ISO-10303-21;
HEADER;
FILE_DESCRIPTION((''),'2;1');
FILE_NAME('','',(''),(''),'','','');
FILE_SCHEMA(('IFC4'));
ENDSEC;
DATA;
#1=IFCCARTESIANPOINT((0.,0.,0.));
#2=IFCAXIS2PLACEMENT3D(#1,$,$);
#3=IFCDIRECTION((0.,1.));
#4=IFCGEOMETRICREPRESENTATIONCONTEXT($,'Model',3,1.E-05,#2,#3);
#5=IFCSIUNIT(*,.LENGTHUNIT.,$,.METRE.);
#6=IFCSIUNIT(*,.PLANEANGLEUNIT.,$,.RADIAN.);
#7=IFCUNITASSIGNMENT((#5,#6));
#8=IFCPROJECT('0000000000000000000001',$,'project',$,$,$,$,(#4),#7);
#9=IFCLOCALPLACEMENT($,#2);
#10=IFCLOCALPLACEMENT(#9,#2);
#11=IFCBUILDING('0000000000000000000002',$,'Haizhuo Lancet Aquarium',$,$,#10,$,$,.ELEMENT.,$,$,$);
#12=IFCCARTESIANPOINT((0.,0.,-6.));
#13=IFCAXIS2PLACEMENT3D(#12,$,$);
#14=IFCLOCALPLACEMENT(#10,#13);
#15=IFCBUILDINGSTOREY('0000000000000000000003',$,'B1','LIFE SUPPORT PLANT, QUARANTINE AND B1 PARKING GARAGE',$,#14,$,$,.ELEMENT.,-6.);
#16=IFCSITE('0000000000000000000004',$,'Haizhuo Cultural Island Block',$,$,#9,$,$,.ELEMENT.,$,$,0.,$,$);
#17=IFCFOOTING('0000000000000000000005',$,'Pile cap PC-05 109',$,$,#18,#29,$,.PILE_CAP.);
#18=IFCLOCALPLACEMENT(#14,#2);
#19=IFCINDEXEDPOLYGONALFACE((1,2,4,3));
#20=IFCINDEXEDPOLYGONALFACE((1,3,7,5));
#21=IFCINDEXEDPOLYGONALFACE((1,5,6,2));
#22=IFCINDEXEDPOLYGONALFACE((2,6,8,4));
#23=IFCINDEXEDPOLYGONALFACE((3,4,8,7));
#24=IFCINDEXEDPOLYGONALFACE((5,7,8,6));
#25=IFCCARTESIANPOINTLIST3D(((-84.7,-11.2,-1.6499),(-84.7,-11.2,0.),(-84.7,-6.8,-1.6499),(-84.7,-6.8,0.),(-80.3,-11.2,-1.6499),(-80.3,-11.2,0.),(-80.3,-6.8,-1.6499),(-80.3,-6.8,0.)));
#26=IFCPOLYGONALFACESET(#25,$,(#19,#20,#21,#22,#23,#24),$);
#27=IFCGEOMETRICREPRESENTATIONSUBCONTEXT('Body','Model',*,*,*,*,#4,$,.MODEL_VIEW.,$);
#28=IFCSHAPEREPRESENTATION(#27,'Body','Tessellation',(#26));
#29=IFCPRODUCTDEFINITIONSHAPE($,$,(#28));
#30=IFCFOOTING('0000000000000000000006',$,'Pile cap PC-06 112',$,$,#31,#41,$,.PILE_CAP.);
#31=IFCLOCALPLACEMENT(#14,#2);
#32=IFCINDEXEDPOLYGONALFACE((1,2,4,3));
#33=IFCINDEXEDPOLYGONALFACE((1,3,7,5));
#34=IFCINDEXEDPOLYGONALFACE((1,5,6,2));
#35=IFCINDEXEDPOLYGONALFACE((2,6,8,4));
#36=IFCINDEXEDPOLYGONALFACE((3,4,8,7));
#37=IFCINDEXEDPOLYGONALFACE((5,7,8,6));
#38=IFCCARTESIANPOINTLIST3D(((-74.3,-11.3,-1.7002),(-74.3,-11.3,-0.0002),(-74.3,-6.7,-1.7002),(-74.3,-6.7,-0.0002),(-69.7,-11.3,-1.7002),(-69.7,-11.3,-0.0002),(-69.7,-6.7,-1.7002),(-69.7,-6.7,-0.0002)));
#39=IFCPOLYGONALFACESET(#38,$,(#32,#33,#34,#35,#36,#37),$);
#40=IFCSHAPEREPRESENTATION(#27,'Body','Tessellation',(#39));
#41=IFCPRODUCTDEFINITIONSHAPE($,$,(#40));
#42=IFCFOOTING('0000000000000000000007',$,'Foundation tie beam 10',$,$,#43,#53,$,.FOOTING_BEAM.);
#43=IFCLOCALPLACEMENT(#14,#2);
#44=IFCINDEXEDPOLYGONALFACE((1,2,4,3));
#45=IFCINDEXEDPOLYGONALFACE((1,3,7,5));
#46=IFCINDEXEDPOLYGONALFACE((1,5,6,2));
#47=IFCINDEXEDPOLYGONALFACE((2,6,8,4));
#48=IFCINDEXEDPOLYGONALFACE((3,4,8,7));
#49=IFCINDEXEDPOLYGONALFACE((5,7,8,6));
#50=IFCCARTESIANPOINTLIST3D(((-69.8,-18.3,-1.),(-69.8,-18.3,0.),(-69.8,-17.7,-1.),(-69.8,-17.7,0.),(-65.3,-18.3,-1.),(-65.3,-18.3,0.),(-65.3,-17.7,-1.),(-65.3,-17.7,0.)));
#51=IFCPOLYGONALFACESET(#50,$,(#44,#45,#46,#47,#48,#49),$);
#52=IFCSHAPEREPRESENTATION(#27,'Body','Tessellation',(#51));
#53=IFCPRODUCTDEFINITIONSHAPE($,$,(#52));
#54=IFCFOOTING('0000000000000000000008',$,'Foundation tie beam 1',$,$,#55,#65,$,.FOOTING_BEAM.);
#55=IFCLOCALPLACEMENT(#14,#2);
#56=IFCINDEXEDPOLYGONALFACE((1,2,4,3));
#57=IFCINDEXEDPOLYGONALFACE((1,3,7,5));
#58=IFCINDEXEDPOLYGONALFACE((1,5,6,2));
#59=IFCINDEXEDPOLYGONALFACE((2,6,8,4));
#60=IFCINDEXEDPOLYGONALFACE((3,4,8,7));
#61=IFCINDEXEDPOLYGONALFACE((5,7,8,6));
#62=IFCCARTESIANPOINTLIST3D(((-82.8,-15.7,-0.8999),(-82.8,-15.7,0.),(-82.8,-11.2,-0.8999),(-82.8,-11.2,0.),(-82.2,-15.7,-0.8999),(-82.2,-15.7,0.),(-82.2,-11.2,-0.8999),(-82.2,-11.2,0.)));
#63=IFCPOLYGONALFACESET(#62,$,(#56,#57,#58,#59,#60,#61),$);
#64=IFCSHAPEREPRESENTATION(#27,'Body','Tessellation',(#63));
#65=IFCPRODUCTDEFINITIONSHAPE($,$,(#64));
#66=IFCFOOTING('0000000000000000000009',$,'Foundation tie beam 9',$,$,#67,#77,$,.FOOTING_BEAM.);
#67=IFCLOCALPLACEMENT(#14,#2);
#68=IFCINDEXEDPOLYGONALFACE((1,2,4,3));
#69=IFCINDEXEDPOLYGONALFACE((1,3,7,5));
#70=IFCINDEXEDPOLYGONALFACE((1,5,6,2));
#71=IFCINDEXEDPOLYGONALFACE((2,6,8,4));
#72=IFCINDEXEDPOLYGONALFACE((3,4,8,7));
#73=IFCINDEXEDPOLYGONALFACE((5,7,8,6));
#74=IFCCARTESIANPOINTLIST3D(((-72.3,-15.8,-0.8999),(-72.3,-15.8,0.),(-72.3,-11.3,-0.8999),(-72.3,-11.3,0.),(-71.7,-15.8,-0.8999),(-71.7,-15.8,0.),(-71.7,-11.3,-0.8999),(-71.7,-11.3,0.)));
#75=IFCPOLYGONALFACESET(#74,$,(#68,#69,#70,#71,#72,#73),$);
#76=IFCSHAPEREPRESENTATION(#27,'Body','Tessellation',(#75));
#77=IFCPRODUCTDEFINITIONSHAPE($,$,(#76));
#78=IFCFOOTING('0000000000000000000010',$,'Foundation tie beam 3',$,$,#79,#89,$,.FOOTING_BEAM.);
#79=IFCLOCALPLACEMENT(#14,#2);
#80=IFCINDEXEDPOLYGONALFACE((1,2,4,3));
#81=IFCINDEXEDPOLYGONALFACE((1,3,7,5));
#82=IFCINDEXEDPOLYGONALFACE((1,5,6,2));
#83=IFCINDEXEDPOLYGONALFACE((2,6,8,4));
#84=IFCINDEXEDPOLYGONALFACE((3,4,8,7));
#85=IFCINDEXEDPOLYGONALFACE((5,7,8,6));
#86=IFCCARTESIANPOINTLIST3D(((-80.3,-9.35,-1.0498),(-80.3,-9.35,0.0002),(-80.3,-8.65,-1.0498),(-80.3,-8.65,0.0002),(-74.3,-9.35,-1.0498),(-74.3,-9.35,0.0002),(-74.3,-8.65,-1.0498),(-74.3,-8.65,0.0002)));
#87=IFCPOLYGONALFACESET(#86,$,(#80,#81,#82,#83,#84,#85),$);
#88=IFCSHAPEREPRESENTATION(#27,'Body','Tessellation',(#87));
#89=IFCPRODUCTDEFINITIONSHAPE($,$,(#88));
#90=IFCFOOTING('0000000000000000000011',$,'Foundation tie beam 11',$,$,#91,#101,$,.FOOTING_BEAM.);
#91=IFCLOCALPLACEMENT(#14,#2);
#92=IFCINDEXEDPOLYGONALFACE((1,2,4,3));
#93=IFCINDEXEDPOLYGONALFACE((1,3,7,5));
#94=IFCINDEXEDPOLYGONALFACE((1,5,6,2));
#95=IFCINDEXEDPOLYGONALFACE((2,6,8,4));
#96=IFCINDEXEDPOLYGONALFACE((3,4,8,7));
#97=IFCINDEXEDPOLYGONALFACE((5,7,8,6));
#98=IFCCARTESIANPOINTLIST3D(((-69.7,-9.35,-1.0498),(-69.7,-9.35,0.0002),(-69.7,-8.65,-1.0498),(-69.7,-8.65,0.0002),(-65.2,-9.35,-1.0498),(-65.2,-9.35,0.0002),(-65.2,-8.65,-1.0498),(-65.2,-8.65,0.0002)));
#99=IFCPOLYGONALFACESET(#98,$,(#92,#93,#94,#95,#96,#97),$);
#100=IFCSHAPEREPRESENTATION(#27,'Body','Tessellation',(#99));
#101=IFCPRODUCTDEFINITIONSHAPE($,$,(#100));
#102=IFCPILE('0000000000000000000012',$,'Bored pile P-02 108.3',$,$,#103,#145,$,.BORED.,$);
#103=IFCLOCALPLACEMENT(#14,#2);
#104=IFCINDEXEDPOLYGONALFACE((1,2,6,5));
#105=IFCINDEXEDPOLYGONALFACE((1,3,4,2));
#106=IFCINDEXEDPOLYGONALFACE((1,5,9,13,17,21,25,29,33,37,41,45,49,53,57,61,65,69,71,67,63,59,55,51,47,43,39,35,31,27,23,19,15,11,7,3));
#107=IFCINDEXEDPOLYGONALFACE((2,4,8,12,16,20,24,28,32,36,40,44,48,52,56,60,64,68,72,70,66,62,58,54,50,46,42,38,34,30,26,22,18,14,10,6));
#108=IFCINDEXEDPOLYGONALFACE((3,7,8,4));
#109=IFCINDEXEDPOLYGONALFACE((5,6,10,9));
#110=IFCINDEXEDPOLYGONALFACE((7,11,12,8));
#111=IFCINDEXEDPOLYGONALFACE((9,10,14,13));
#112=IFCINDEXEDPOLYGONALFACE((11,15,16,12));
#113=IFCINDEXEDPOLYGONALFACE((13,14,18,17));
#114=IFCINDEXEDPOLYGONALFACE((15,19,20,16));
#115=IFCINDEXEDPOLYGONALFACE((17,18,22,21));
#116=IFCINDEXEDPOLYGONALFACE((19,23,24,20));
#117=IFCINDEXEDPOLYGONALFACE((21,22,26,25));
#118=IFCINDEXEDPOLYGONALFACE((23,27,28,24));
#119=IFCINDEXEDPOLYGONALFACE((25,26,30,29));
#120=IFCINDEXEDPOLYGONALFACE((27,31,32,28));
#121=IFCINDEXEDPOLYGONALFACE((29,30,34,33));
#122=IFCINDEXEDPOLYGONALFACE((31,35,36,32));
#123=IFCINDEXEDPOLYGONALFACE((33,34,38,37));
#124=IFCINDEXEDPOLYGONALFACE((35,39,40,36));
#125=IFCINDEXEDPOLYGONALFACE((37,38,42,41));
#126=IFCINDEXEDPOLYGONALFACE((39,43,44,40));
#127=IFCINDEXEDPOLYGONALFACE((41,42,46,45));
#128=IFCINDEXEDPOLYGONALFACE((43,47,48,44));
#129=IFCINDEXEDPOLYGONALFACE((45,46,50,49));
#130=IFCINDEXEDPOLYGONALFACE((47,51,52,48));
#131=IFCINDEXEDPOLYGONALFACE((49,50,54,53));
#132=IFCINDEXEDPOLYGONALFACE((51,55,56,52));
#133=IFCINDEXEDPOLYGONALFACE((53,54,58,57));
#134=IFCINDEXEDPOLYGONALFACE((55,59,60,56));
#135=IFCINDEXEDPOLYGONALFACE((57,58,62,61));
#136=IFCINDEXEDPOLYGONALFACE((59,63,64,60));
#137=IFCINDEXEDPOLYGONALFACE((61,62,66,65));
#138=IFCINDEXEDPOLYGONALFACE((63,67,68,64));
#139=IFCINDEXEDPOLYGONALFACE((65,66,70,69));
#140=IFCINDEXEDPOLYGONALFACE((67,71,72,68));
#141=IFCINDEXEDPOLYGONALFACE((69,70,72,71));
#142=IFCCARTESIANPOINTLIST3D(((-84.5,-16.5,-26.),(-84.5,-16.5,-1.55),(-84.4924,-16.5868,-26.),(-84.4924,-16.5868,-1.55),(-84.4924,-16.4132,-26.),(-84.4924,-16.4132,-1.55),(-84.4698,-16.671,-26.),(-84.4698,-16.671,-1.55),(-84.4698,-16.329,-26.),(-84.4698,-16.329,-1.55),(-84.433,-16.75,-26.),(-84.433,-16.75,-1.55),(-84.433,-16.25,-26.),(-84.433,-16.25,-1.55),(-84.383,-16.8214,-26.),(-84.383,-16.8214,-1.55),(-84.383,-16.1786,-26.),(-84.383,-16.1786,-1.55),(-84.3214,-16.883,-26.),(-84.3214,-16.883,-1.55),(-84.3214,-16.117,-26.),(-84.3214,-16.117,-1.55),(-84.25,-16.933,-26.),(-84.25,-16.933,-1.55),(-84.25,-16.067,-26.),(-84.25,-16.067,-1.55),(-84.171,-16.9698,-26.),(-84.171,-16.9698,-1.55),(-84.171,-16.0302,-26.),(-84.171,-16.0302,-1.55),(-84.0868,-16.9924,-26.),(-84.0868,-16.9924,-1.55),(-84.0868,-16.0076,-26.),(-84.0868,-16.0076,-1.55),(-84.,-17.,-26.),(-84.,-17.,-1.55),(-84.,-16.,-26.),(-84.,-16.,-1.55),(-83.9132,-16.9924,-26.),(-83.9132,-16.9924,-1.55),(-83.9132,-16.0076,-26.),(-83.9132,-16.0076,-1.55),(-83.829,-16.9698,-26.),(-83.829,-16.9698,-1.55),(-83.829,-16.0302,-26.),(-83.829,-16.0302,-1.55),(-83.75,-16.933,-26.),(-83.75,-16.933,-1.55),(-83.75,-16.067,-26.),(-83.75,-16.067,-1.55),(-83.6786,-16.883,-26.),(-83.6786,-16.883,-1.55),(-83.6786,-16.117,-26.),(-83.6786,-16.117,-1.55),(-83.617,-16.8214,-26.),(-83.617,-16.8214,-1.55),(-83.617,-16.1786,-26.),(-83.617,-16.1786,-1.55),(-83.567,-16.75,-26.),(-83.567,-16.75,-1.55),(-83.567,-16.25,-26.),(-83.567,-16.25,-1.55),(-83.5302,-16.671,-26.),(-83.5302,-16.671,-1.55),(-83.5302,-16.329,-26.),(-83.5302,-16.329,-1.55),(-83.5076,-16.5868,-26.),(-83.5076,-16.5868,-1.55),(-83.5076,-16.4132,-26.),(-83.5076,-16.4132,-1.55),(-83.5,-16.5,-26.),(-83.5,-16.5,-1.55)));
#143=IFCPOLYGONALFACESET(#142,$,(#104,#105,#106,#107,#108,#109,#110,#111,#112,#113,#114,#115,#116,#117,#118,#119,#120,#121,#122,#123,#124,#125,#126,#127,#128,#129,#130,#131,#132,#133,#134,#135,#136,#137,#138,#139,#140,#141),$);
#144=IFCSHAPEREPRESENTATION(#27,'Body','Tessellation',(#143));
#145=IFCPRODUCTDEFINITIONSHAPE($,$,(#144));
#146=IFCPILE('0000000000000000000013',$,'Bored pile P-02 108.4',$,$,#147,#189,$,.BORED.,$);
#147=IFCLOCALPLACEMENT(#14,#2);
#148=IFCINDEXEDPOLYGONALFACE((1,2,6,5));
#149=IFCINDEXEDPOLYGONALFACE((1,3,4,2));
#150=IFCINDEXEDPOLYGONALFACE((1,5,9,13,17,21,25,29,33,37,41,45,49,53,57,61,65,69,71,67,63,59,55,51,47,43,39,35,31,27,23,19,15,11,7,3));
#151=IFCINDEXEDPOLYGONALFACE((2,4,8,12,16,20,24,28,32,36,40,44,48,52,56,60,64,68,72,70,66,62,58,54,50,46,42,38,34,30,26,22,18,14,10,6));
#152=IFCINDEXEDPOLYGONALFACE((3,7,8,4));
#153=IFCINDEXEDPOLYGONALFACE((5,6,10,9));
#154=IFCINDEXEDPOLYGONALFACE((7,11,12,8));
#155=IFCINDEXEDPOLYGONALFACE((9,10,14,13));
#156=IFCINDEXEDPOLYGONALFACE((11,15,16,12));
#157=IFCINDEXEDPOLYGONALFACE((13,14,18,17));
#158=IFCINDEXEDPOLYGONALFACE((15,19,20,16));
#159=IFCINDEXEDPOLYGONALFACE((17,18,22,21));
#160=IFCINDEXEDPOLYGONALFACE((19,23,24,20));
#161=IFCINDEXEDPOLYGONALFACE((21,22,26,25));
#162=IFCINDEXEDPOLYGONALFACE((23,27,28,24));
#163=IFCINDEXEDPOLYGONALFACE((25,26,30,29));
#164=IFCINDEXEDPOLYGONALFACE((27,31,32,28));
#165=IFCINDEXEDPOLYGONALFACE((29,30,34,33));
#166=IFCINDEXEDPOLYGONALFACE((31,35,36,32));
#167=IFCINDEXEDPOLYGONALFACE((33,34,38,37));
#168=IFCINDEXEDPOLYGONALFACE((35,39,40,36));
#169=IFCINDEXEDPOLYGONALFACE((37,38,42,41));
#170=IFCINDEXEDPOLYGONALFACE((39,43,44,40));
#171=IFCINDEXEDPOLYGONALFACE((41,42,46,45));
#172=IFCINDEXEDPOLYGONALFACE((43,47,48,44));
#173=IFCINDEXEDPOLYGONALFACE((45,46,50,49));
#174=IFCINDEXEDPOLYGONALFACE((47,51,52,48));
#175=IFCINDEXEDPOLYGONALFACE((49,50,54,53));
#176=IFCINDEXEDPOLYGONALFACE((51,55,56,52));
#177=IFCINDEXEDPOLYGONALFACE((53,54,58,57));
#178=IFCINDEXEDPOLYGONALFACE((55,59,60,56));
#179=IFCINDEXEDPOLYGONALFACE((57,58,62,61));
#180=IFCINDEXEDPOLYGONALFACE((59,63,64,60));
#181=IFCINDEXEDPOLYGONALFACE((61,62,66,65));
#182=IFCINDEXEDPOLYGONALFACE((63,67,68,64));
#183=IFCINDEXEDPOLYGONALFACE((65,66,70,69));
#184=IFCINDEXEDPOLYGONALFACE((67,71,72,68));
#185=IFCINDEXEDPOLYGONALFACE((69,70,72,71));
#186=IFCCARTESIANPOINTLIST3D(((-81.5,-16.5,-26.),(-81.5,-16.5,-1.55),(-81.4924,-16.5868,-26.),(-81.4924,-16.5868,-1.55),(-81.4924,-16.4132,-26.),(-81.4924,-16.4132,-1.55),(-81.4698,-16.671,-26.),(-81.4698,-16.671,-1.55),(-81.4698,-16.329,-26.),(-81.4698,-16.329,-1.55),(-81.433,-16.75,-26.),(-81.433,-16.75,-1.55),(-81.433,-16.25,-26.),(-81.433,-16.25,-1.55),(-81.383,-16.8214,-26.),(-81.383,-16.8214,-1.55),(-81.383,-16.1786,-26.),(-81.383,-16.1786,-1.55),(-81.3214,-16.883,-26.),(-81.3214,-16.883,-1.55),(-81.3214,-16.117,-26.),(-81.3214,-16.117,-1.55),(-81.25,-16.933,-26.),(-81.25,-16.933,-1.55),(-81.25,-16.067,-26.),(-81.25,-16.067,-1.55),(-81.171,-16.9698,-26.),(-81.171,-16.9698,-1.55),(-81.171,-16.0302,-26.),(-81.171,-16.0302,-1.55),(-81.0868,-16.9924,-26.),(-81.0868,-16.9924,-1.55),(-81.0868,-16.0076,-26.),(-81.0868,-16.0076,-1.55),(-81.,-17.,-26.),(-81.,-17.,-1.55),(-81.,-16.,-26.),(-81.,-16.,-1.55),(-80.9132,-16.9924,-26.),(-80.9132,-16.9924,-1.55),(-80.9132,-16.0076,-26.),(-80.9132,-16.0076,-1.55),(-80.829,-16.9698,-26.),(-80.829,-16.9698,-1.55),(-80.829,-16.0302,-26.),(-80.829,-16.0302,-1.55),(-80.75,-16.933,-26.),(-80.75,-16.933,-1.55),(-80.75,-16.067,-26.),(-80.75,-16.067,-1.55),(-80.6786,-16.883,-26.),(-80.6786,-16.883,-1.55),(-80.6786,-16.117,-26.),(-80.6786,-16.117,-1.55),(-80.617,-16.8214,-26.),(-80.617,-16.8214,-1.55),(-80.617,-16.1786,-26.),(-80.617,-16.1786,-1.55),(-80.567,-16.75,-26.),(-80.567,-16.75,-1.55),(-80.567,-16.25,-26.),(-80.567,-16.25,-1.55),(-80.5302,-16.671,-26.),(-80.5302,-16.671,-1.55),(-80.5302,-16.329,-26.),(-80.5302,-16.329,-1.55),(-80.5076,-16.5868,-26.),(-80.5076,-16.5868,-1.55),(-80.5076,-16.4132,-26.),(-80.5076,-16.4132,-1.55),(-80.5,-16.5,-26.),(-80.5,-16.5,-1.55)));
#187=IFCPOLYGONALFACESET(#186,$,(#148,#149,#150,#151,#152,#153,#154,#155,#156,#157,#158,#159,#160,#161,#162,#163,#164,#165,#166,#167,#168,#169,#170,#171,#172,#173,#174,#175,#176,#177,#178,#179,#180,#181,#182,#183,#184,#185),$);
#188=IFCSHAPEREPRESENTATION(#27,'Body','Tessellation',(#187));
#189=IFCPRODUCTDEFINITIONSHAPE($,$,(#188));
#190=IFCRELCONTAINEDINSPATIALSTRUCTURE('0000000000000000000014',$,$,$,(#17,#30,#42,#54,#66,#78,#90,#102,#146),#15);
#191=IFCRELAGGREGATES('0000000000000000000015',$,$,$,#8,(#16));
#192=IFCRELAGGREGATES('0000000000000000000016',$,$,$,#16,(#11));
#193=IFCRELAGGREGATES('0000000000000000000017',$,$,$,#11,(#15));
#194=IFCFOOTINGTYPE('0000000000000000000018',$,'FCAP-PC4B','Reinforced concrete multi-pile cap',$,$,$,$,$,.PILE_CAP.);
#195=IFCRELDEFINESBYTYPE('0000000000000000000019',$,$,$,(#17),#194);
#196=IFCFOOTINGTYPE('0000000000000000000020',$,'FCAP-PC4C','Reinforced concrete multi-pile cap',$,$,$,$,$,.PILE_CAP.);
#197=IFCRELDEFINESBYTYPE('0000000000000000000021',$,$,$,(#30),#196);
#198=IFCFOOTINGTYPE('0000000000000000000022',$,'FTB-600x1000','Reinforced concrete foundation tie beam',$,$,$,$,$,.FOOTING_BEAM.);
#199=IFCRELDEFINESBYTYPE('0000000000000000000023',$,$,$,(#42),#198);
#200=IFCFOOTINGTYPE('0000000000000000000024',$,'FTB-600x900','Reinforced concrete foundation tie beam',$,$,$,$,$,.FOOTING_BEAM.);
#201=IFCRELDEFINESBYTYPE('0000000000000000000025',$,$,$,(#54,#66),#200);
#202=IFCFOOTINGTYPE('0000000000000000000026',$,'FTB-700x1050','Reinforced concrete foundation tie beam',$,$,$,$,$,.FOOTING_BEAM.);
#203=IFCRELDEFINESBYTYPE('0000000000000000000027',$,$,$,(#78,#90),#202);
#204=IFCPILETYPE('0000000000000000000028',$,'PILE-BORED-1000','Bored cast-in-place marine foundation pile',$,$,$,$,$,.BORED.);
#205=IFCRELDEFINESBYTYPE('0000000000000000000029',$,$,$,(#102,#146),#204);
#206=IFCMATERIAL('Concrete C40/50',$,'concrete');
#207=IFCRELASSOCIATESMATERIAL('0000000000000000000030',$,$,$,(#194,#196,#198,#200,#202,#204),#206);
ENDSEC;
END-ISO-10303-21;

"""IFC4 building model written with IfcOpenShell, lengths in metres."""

from ifc_helpers import new_model, si_unit, direction, frame, origin, origin_2d, place, context, subcontext, project, spatial, rectangle, circle, extrude, material, material_profile, profile_set, type_object, element, save


model = new_model("IFC4")

# Units and contexts
model_context = context("Model", 3, precision=1e-05, world=origin(), true_north=direction((0.0, 1.0)))
body_context = subcontext(model_context, "Body", "Model", "MODEL_VIEW")
ifc_project = project(units=[si_unit("LENGTHUNIT", "METRE"), si_unit("PLANEANGLEUNIT", "RADIAN")], contexts=[model_context])

# Site, building, storey
site_placement = place(None, origin())
site = spatial("IfcSite", under=ifc_project, at=site_placement, Name="Haizhuo Cultural Island Block", CompositionType="ELEMENT", RefElevation=0.0)
building_placement = place(site_placement, origin())
building = spatial("IfcBuilding", under=site, at=building_placement, Name="Haizhuo Lancet Aquarium", CompositionType="ELEMENT")
storey_placement = place(building_placement, frame((0.0, 0.0, -6.0)))
storey = spatial("IfcBuildingStorey", under=building, at=storey_placement, Name="B1", Description="LIFE SUPPORT PLANT, QUARANTINE AND B1 PARKING GARAGE", CompositionType="ELEMENT", Elevation=-6.0)

# Footings
ifc_material_1 = material(Name="Concrete C40/50", Category="concrete")
footing_type_1 = type_object("IfcFootingType", Name="FCAP-PC4B", Description="Reinforced concrete multi-pile cap", PredefinedType="PILE_CAP", material=ifc_material_1)
footing_1_placement = place(storey_placement, frame((-82.5, -9.0, -1.6499), z_axis=(0.0, 0.0, 1.0), x_axis=(1.0, 0.0, 0.0)))
element("IfcFooting", 1, at=footing_1_placement, inside=storey, type_object=footing_type_1, Name="Pile cap PC-05 109", PredefinedType="PILE_CAP", context=body_context, shape_type="SweptSolid", body=[
    extrude(rectangle(XDim=4.3999, YDim=4.3999, at=origin_2d()), origin(), (0.0, 0.0, 1.0), 1.6499),
])
footing_type_2 = type_object("IfcFootingType", Name="FCAP-PC4C", Description="Reinforced concrete multi-pile cap", PredefinedType="PILE_CAP", material=ifc_material_1)
footing_2_placement = place(storey_placement, frame((-72.0, -9.0, -1.7002), z_axis=(0.0, 0.0, 1.0), x_axis=(1.0, 0.0, 0.0)))
element("IfcFooting", 2, at=footing_2_placement, inside=storey, type_object=footing_type_2, Name="Pile cap PC-06 112", PredefinedType="PILE_CAP", context=body_context, shape_type="SweptSolid", body=[
    extrude(rectangle(XDim=4.6001, YDim=4.6001, at=origin_2d()), origin(), (0.0, 0.0, 1.0), 1.7),
])
footing_type_3 = type_object("IfcFootingType", Name="FTB-600x1000", Description="Reinforced concrete foundation tie beam", PredefinedType="FOOTING_BEAM", material=ifc_material_1)
footing_3_placement = place(storey_placement, frame((-67.55, -18.0, -1.0), z_axis=(0.0, 0.0, 1.0), x_axis=(1.0, 0.0, 0.0)))
element("IfcFooting", 3, at=footing_3_placement, inside=storey, type_object=footing_type_3, Name="Foundation tie beam 10", PredefinedType="FOOTING_BEAM", context=body_context, shape_type="SweptSolid", body=[
    extrude(rectangle(XDim=4.5, YDim=0.6001, at=origin_2d()), origin(), (0.0, 0.0, 1.0), 1.0),
])
footing_type_4 = type_object("IfcFootingType", Name="FTB-600x900", Description="Reinforced concrete foundation tie beam", PredefinedType="FOOTING_BEAM", material=ifc_material_1)
for number, where, z_axis, x_axis, name in (
    (4, (-82.5, -13.45, -0.8999), (0.0, 0.0, 1.0), (0.0, 1.0, 0.0), "Foundation tie beam 1"),
    (5, (-72.0, -13.55, -0.8999), (0.0, 0.0, 1.0), (0.0, 1.0, 0.0), "Foundation tie beam 9"),
):
    element("IfcFooting", number, at=place(storey_placement, frame(where, z_axis=z_axis, x_axis=x_axis)), inside=storey, type_object=footing_type_4, Name=name, PredefinedType="FOOTING_BEAM", context=body_context, shape_type="SweptSolid", body=[
        extrude(rectangle(XDim=4.5, YDim=0.6001, at=origin_2d()), origin(), (0.0, 0.0, 1.0), 0.8999),
    ])
footing_type_5 = type_object("IfcFootingType", Name="FTB-700x1050", Description="Reinforced concrete foundation tie beam", PredefinedType="FOOTING_BEAM", material=ifc_material_1)
footing_4_placement = place(storey_placement, frame((-77.3, -9.0, -1.0498), z_axis=(0.0, 0.0, 1.0), x_axis=(1.0, 0.0, 0.0)))
element("IfcFooting", 6, at=footing_4_placement, inside=storey, type_object=footing_type_5, Name="Foundation tie beam 3", PredefinedType="FOOTING_BEAM", context=body_context, shape_type="SweptSolid", body=[
    extrude(rectangle(XDim=6.0, YDim=0.7, at=origin_2d()), origin(), (0.0, 0.0, 1.0), 1.05),
])
footing_5_placement = place(storey_placement, frame((-67.45, -9.0, -1.0498), z_axis=(0.0, 0.0, 1.0), x_axis=(1.0, 0.0, 0.0)))
element("IfcFooting", 7, at=footing_5_placement, inside=storey, type_object=footing_type_5, Name="Foundation tie beam 11", PredefinedType="FOOTING_BEAM", context=body_context, shape_type="SweptSolid", body=[
    extrude(rectangle(XDim=4.5, YDim=0.7, at=origin_2d()), origin(), (0.0, 0.0, 1.0), 1.05),
])

# Piles
ifc_material_profile_1 = material_profile(ifc_material_1, circle(Radius=0.5, at=origin_2d()), Name="PILE-1000")
ifc_profile_set_1 = profile_set([ifc_material_profile_1], Name="Concrete C40/50")
pile_type = type_object("IfcPileType", Name="PILE-BORED-1000", Description="Bored cast-in-place marine foundation pile", PredefinedType="BORED", material=ifc_profile_set_1)
for number, where, z_axis, x_axis, name in (
    (8, (-84.0, -16.5, -1.55), (0.0, 0.0, -1.0), (1.0, 0.0, 0.0), "Bored pile P-02 108.3"),
    (9, (-81.0, -16.5, -1.55), (0.0, 0.0, -1.0), (1.0, 0.0, 0.0), "Bored pile P-02 108.4"),
):
    element("IfcPile", number, at=place(storey_placement, frame(where, z_axis=z_axis, x_axis=x_axis)), inside=storey, type_object=pile_type, Name=name, PredefinedType="BORED", context=body_context, shape_type="SweptSolid", body=[
        extrude(circle(Radius=0.5, at=origin_2d()), origin(), (0.0, 0.0, 1.0), 24.45),
    ])

save(model, "model.ifc")
